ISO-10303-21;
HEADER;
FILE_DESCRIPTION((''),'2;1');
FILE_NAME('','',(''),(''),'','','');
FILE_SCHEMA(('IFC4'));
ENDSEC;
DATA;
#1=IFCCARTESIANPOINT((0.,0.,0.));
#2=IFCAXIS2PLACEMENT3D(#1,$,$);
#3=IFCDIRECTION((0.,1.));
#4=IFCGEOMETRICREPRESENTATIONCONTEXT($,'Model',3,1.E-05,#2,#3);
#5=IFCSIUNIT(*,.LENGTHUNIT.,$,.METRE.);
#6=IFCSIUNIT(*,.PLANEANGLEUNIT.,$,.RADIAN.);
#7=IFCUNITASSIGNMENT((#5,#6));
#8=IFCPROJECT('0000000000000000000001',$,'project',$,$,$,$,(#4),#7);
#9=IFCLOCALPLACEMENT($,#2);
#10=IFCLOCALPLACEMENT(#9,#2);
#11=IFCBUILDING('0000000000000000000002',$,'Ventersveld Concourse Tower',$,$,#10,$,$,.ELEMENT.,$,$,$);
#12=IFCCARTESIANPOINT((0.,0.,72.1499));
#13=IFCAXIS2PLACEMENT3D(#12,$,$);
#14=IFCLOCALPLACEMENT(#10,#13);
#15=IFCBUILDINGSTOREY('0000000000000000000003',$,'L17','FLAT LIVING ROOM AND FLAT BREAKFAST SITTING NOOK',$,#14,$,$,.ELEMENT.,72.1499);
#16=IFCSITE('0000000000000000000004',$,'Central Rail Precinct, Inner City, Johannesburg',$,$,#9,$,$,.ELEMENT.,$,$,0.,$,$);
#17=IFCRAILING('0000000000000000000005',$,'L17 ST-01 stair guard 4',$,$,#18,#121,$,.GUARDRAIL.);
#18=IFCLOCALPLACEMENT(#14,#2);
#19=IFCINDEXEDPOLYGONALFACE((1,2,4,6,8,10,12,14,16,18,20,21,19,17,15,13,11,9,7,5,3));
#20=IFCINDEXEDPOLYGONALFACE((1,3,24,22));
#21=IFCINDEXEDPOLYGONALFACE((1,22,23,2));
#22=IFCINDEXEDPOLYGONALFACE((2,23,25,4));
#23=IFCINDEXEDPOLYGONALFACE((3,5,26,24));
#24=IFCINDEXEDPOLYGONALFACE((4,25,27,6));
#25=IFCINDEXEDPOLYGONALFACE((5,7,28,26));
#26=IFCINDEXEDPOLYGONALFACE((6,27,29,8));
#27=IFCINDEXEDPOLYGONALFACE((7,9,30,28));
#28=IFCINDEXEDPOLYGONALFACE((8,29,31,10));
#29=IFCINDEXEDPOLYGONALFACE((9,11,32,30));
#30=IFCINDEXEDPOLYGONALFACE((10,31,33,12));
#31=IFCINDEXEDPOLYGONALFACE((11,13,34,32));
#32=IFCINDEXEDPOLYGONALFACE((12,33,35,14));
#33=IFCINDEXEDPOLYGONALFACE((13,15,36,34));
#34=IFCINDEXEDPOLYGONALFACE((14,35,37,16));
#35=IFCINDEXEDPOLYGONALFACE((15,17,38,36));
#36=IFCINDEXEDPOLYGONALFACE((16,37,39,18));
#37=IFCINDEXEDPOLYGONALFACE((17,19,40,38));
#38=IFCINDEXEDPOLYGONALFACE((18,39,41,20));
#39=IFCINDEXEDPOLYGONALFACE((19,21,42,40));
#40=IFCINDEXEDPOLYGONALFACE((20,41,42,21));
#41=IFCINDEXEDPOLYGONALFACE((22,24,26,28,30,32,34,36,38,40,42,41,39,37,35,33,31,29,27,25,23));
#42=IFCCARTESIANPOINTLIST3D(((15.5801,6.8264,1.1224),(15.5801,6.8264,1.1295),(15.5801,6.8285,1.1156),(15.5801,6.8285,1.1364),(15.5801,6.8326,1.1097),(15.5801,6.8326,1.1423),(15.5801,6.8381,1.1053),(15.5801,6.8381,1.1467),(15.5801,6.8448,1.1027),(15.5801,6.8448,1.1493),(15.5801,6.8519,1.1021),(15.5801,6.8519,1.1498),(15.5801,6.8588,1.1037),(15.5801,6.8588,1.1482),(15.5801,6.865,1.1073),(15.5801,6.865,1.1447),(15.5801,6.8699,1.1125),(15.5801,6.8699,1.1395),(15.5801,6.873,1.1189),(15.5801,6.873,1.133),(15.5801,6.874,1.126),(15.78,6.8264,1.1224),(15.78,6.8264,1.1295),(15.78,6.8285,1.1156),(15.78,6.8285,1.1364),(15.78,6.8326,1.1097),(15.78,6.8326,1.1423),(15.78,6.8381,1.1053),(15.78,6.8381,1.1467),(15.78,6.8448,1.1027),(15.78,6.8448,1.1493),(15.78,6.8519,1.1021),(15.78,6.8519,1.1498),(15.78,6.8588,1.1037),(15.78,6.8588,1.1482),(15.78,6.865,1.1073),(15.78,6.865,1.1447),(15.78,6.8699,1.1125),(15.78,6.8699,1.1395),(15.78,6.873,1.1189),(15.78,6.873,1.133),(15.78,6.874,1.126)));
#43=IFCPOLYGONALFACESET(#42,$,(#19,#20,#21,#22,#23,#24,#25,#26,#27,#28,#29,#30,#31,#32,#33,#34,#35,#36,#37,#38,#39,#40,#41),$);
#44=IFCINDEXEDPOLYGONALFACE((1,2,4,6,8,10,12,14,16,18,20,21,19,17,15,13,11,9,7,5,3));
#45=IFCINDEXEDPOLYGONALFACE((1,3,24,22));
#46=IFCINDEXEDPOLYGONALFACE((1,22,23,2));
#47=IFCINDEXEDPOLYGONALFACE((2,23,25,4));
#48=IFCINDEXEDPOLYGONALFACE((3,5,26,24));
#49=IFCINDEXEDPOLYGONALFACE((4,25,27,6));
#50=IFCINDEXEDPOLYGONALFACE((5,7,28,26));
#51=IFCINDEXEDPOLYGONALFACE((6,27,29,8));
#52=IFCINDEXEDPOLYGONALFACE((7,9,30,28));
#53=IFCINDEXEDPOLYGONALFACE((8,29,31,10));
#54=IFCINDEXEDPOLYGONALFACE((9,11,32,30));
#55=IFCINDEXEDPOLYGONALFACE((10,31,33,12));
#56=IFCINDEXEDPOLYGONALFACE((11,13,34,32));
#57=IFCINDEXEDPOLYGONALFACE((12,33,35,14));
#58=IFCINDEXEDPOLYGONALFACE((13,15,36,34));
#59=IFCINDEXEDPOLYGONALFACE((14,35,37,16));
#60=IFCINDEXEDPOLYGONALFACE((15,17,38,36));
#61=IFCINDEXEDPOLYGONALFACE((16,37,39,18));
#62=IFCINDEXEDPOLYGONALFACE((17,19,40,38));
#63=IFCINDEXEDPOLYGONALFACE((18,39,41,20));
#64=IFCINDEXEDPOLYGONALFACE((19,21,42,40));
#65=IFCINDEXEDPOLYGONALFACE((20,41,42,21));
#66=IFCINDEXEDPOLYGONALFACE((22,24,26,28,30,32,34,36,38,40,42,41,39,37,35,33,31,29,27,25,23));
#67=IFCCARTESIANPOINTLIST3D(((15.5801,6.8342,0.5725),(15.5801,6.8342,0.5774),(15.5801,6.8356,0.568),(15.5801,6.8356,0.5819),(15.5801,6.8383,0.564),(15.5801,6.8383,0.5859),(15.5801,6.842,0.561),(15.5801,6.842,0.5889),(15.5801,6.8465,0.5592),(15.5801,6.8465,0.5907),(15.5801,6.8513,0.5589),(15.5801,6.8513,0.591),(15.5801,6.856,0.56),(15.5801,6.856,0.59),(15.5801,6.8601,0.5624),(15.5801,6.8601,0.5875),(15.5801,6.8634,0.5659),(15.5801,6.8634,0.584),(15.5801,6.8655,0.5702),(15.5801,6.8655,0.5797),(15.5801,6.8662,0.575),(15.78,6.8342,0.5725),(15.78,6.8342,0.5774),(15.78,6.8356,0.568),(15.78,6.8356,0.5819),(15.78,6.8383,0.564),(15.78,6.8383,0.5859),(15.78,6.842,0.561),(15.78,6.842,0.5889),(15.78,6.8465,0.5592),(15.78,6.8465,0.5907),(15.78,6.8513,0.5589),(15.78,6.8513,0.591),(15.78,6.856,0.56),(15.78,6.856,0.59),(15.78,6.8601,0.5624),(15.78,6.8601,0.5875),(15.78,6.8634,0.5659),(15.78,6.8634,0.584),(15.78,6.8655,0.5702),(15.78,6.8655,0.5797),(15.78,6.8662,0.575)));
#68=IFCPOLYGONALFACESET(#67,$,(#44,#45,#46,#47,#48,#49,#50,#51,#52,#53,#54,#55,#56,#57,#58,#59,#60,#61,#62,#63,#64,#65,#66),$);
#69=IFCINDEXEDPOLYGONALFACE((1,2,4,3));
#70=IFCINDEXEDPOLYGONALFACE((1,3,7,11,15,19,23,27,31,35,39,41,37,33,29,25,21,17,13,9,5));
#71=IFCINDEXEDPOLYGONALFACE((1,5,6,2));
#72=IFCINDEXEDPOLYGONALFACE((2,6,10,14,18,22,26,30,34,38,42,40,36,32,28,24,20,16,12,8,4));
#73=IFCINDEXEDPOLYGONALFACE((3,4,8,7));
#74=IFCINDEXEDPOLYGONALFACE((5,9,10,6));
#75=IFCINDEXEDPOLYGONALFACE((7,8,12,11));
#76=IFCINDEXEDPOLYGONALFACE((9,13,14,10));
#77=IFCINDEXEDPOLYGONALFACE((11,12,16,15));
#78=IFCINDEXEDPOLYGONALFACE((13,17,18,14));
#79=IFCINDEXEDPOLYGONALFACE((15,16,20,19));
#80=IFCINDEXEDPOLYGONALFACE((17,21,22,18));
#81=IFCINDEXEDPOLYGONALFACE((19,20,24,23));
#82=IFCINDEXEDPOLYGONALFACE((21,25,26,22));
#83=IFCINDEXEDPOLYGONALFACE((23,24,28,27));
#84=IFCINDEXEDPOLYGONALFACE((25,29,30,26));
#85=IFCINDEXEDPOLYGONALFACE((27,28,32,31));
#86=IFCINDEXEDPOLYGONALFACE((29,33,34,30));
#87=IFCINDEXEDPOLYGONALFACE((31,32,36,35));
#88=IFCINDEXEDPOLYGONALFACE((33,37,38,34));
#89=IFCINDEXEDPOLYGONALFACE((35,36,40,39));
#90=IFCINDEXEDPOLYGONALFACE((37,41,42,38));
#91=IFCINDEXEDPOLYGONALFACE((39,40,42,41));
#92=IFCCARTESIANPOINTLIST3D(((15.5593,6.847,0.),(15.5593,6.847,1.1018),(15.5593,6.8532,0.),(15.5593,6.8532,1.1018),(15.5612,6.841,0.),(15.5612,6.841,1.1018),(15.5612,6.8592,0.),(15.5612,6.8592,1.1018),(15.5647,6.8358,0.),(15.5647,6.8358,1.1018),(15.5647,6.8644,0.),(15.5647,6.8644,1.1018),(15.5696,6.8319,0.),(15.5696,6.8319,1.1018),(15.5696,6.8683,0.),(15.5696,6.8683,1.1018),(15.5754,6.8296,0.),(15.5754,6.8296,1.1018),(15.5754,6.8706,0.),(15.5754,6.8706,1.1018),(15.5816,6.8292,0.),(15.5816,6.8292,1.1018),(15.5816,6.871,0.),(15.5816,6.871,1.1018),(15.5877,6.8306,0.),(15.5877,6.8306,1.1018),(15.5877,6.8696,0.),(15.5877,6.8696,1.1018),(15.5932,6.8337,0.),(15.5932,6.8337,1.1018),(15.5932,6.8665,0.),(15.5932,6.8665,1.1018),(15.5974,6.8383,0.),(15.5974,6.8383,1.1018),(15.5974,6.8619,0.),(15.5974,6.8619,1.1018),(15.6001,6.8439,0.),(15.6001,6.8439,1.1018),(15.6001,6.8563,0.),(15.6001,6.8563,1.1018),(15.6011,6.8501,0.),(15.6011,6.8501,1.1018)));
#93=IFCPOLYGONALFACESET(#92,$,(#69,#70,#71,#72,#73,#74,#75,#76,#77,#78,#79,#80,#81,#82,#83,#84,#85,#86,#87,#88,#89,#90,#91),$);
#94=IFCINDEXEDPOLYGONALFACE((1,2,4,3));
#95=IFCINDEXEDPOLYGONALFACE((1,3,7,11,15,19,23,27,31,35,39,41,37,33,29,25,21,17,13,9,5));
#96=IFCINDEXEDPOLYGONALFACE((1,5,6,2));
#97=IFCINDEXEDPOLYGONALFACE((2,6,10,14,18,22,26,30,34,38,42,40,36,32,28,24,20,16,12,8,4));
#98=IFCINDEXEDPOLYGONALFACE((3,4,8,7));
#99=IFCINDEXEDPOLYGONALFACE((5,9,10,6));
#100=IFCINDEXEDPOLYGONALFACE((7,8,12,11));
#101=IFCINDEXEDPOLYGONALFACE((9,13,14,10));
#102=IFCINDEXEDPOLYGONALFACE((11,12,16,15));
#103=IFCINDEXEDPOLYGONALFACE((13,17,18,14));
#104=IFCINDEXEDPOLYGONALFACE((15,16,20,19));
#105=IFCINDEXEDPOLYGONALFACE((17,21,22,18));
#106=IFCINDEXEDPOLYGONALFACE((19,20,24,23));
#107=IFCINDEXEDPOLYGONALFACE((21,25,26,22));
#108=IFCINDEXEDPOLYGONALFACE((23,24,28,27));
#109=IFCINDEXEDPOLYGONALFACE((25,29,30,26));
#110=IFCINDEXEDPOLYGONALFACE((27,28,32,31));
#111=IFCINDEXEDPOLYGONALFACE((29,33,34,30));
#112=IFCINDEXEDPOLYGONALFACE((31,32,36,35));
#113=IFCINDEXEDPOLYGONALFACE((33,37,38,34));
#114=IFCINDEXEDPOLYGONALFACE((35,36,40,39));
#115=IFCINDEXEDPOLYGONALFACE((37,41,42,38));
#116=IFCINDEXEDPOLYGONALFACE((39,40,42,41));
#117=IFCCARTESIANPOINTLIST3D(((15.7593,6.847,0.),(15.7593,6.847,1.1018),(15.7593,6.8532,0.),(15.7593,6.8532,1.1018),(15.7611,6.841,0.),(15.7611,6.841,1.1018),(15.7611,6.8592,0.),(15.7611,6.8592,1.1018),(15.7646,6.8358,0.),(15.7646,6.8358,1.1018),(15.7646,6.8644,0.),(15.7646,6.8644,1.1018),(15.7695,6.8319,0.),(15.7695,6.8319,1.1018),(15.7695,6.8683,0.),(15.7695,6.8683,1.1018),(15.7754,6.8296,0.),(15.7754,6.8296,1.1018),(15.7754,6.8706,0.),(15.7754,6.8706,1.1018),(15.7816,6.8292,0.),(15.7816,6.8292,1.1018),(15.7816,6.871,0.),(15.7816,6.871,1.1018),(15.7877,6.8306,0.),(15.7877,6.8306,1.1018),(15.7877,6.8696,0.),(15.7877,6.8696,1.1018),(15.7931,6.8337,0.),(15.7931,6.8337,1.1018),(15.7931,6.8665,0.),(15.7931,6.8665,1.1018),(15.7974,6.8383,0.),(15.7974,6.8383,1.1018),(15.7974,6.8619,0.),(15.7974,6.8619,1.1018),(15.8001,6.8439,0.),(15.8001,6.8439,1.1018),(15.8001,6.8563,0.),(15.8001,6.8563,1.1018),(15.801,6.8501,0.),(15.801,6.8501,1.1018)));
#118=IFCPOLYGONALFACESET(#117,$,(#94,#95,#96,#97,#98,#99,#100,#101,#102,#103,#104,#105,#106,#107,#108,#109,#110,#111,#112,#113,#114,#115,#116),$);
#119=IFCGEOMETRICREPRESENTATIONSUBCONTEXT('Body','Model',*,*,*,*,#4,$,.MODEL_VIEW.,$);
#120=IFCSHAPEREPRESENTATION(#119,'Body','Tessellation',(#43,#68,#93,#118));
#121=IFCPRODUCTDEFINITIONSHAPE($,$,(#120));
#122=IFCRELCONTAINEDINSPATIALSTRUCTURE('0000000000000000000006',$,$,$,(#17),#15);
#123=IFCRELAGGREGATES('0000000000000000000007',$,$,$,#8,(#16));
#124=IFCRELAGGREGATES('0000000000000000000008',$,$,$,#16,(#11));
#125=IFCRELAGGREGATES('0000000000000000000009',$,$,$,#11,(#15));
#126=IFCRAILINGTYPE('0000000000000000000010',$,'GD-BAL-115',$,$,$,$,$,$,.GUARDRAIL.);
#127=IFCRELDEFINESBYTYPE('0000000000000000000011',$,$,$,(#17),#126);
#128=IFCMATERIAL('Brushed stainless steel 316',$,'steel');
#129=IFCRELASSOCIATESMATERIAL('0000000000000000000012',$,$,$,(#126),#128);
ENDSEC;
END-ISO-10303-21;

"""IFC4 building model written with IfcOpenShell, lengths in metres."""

from ifc_helpers import new_model, si_unit, direction, frame, origin, origin_2d, place, context, subcontext, project, spatial, circle, extrude, material, type_object, element, save


model = new_model("IFC4")

# Units and contexts
model_context = context("Model", 3, precision=1e-05, world=origin(), true_north=direction((0.0, 1.0)))
body_context = subcontext(model_context, "Body", "Model", "MODEL_VIEW")
ifc_project = project(units=[si_unit("LENGTHUNIT", "METRE"), si_unit("PLANEANGLEUNIT", "RADIAN")], contexts=[model_context])

# Site, building, storey
site_placement = place(None, origin())
site = spatial("IfcSite", under=ifc_project, at=site_placement, Name="Central Rail Precinct, Inner City, Johannesburg", CompositionType="ELEMENT", RefElevation=0.0)
building_placement = place(site_placement, origin())
building = spatial("IfcBuilding", under=site, at=building_placement, Name="Ventersveld Concourse Tower", CompositionType="ELEMENT")
storey_placement = place(building_placement, frame((0.0, 0.0, 72.1499)))
storey = spatial("IfcBuildingStorey", under=building, at=storey_placement, Name="L17", Description="FLAT LIVING ROOM AND FLAT BREAKFAST SITTING NOOK", CompositionType="ELEMENT", Elevation=72.1499)

# Shared definitions
ifc_material_1 = material(Name="Brushed stainless steel 316", Category="steel")

# Railing
railing_type = type_object("IfcRailingType", Name="GD-BAL-115", PredefinedType="GUARDRAIL", material=ifc_material_1)
railing_placement = place(storey_placement, frame((15.5801, 6.8501, 0.0)))
element("IfcRailing", 1, at=railing_placement, inside=storey, type_object=railing_type, Name="L17 ST-01 stair guard 4", PredefinedType="GUARDRAIL", context=body_context, shape_type="SweptSolid", body=[
    extrude(circle(Radius=0.0239, at=origin_2d()), frame((0.0, 0.0, 1.126), z_axis=(1.0, 0.0, 0.0), x_axis=(0.0, 1.0, 0.0)), (0.0, 0.0, 1.0), 0.2),
    extrude(circle(Radius=0.0161, at=origin_2d()), frame((0.0, 0.0, 0.575), z_axis=(1.0, 0.0, 0.0), x_axis=(0.0, 1.0, 0.0)), (0.0, 0.0, 1.0), 0.2),
    extrude(circle(Radius=0.021, at=origin_2d()), origin(), (0.0, 0.0, 1.0), 1.1018),
    extrude(circle(Radius=0.021, at=origin_2d()), frame((0.2, 0.0, 0.0)), (0.0, 0.0, 1.0), 1.1018),
])

save(model, "model.ifc")
